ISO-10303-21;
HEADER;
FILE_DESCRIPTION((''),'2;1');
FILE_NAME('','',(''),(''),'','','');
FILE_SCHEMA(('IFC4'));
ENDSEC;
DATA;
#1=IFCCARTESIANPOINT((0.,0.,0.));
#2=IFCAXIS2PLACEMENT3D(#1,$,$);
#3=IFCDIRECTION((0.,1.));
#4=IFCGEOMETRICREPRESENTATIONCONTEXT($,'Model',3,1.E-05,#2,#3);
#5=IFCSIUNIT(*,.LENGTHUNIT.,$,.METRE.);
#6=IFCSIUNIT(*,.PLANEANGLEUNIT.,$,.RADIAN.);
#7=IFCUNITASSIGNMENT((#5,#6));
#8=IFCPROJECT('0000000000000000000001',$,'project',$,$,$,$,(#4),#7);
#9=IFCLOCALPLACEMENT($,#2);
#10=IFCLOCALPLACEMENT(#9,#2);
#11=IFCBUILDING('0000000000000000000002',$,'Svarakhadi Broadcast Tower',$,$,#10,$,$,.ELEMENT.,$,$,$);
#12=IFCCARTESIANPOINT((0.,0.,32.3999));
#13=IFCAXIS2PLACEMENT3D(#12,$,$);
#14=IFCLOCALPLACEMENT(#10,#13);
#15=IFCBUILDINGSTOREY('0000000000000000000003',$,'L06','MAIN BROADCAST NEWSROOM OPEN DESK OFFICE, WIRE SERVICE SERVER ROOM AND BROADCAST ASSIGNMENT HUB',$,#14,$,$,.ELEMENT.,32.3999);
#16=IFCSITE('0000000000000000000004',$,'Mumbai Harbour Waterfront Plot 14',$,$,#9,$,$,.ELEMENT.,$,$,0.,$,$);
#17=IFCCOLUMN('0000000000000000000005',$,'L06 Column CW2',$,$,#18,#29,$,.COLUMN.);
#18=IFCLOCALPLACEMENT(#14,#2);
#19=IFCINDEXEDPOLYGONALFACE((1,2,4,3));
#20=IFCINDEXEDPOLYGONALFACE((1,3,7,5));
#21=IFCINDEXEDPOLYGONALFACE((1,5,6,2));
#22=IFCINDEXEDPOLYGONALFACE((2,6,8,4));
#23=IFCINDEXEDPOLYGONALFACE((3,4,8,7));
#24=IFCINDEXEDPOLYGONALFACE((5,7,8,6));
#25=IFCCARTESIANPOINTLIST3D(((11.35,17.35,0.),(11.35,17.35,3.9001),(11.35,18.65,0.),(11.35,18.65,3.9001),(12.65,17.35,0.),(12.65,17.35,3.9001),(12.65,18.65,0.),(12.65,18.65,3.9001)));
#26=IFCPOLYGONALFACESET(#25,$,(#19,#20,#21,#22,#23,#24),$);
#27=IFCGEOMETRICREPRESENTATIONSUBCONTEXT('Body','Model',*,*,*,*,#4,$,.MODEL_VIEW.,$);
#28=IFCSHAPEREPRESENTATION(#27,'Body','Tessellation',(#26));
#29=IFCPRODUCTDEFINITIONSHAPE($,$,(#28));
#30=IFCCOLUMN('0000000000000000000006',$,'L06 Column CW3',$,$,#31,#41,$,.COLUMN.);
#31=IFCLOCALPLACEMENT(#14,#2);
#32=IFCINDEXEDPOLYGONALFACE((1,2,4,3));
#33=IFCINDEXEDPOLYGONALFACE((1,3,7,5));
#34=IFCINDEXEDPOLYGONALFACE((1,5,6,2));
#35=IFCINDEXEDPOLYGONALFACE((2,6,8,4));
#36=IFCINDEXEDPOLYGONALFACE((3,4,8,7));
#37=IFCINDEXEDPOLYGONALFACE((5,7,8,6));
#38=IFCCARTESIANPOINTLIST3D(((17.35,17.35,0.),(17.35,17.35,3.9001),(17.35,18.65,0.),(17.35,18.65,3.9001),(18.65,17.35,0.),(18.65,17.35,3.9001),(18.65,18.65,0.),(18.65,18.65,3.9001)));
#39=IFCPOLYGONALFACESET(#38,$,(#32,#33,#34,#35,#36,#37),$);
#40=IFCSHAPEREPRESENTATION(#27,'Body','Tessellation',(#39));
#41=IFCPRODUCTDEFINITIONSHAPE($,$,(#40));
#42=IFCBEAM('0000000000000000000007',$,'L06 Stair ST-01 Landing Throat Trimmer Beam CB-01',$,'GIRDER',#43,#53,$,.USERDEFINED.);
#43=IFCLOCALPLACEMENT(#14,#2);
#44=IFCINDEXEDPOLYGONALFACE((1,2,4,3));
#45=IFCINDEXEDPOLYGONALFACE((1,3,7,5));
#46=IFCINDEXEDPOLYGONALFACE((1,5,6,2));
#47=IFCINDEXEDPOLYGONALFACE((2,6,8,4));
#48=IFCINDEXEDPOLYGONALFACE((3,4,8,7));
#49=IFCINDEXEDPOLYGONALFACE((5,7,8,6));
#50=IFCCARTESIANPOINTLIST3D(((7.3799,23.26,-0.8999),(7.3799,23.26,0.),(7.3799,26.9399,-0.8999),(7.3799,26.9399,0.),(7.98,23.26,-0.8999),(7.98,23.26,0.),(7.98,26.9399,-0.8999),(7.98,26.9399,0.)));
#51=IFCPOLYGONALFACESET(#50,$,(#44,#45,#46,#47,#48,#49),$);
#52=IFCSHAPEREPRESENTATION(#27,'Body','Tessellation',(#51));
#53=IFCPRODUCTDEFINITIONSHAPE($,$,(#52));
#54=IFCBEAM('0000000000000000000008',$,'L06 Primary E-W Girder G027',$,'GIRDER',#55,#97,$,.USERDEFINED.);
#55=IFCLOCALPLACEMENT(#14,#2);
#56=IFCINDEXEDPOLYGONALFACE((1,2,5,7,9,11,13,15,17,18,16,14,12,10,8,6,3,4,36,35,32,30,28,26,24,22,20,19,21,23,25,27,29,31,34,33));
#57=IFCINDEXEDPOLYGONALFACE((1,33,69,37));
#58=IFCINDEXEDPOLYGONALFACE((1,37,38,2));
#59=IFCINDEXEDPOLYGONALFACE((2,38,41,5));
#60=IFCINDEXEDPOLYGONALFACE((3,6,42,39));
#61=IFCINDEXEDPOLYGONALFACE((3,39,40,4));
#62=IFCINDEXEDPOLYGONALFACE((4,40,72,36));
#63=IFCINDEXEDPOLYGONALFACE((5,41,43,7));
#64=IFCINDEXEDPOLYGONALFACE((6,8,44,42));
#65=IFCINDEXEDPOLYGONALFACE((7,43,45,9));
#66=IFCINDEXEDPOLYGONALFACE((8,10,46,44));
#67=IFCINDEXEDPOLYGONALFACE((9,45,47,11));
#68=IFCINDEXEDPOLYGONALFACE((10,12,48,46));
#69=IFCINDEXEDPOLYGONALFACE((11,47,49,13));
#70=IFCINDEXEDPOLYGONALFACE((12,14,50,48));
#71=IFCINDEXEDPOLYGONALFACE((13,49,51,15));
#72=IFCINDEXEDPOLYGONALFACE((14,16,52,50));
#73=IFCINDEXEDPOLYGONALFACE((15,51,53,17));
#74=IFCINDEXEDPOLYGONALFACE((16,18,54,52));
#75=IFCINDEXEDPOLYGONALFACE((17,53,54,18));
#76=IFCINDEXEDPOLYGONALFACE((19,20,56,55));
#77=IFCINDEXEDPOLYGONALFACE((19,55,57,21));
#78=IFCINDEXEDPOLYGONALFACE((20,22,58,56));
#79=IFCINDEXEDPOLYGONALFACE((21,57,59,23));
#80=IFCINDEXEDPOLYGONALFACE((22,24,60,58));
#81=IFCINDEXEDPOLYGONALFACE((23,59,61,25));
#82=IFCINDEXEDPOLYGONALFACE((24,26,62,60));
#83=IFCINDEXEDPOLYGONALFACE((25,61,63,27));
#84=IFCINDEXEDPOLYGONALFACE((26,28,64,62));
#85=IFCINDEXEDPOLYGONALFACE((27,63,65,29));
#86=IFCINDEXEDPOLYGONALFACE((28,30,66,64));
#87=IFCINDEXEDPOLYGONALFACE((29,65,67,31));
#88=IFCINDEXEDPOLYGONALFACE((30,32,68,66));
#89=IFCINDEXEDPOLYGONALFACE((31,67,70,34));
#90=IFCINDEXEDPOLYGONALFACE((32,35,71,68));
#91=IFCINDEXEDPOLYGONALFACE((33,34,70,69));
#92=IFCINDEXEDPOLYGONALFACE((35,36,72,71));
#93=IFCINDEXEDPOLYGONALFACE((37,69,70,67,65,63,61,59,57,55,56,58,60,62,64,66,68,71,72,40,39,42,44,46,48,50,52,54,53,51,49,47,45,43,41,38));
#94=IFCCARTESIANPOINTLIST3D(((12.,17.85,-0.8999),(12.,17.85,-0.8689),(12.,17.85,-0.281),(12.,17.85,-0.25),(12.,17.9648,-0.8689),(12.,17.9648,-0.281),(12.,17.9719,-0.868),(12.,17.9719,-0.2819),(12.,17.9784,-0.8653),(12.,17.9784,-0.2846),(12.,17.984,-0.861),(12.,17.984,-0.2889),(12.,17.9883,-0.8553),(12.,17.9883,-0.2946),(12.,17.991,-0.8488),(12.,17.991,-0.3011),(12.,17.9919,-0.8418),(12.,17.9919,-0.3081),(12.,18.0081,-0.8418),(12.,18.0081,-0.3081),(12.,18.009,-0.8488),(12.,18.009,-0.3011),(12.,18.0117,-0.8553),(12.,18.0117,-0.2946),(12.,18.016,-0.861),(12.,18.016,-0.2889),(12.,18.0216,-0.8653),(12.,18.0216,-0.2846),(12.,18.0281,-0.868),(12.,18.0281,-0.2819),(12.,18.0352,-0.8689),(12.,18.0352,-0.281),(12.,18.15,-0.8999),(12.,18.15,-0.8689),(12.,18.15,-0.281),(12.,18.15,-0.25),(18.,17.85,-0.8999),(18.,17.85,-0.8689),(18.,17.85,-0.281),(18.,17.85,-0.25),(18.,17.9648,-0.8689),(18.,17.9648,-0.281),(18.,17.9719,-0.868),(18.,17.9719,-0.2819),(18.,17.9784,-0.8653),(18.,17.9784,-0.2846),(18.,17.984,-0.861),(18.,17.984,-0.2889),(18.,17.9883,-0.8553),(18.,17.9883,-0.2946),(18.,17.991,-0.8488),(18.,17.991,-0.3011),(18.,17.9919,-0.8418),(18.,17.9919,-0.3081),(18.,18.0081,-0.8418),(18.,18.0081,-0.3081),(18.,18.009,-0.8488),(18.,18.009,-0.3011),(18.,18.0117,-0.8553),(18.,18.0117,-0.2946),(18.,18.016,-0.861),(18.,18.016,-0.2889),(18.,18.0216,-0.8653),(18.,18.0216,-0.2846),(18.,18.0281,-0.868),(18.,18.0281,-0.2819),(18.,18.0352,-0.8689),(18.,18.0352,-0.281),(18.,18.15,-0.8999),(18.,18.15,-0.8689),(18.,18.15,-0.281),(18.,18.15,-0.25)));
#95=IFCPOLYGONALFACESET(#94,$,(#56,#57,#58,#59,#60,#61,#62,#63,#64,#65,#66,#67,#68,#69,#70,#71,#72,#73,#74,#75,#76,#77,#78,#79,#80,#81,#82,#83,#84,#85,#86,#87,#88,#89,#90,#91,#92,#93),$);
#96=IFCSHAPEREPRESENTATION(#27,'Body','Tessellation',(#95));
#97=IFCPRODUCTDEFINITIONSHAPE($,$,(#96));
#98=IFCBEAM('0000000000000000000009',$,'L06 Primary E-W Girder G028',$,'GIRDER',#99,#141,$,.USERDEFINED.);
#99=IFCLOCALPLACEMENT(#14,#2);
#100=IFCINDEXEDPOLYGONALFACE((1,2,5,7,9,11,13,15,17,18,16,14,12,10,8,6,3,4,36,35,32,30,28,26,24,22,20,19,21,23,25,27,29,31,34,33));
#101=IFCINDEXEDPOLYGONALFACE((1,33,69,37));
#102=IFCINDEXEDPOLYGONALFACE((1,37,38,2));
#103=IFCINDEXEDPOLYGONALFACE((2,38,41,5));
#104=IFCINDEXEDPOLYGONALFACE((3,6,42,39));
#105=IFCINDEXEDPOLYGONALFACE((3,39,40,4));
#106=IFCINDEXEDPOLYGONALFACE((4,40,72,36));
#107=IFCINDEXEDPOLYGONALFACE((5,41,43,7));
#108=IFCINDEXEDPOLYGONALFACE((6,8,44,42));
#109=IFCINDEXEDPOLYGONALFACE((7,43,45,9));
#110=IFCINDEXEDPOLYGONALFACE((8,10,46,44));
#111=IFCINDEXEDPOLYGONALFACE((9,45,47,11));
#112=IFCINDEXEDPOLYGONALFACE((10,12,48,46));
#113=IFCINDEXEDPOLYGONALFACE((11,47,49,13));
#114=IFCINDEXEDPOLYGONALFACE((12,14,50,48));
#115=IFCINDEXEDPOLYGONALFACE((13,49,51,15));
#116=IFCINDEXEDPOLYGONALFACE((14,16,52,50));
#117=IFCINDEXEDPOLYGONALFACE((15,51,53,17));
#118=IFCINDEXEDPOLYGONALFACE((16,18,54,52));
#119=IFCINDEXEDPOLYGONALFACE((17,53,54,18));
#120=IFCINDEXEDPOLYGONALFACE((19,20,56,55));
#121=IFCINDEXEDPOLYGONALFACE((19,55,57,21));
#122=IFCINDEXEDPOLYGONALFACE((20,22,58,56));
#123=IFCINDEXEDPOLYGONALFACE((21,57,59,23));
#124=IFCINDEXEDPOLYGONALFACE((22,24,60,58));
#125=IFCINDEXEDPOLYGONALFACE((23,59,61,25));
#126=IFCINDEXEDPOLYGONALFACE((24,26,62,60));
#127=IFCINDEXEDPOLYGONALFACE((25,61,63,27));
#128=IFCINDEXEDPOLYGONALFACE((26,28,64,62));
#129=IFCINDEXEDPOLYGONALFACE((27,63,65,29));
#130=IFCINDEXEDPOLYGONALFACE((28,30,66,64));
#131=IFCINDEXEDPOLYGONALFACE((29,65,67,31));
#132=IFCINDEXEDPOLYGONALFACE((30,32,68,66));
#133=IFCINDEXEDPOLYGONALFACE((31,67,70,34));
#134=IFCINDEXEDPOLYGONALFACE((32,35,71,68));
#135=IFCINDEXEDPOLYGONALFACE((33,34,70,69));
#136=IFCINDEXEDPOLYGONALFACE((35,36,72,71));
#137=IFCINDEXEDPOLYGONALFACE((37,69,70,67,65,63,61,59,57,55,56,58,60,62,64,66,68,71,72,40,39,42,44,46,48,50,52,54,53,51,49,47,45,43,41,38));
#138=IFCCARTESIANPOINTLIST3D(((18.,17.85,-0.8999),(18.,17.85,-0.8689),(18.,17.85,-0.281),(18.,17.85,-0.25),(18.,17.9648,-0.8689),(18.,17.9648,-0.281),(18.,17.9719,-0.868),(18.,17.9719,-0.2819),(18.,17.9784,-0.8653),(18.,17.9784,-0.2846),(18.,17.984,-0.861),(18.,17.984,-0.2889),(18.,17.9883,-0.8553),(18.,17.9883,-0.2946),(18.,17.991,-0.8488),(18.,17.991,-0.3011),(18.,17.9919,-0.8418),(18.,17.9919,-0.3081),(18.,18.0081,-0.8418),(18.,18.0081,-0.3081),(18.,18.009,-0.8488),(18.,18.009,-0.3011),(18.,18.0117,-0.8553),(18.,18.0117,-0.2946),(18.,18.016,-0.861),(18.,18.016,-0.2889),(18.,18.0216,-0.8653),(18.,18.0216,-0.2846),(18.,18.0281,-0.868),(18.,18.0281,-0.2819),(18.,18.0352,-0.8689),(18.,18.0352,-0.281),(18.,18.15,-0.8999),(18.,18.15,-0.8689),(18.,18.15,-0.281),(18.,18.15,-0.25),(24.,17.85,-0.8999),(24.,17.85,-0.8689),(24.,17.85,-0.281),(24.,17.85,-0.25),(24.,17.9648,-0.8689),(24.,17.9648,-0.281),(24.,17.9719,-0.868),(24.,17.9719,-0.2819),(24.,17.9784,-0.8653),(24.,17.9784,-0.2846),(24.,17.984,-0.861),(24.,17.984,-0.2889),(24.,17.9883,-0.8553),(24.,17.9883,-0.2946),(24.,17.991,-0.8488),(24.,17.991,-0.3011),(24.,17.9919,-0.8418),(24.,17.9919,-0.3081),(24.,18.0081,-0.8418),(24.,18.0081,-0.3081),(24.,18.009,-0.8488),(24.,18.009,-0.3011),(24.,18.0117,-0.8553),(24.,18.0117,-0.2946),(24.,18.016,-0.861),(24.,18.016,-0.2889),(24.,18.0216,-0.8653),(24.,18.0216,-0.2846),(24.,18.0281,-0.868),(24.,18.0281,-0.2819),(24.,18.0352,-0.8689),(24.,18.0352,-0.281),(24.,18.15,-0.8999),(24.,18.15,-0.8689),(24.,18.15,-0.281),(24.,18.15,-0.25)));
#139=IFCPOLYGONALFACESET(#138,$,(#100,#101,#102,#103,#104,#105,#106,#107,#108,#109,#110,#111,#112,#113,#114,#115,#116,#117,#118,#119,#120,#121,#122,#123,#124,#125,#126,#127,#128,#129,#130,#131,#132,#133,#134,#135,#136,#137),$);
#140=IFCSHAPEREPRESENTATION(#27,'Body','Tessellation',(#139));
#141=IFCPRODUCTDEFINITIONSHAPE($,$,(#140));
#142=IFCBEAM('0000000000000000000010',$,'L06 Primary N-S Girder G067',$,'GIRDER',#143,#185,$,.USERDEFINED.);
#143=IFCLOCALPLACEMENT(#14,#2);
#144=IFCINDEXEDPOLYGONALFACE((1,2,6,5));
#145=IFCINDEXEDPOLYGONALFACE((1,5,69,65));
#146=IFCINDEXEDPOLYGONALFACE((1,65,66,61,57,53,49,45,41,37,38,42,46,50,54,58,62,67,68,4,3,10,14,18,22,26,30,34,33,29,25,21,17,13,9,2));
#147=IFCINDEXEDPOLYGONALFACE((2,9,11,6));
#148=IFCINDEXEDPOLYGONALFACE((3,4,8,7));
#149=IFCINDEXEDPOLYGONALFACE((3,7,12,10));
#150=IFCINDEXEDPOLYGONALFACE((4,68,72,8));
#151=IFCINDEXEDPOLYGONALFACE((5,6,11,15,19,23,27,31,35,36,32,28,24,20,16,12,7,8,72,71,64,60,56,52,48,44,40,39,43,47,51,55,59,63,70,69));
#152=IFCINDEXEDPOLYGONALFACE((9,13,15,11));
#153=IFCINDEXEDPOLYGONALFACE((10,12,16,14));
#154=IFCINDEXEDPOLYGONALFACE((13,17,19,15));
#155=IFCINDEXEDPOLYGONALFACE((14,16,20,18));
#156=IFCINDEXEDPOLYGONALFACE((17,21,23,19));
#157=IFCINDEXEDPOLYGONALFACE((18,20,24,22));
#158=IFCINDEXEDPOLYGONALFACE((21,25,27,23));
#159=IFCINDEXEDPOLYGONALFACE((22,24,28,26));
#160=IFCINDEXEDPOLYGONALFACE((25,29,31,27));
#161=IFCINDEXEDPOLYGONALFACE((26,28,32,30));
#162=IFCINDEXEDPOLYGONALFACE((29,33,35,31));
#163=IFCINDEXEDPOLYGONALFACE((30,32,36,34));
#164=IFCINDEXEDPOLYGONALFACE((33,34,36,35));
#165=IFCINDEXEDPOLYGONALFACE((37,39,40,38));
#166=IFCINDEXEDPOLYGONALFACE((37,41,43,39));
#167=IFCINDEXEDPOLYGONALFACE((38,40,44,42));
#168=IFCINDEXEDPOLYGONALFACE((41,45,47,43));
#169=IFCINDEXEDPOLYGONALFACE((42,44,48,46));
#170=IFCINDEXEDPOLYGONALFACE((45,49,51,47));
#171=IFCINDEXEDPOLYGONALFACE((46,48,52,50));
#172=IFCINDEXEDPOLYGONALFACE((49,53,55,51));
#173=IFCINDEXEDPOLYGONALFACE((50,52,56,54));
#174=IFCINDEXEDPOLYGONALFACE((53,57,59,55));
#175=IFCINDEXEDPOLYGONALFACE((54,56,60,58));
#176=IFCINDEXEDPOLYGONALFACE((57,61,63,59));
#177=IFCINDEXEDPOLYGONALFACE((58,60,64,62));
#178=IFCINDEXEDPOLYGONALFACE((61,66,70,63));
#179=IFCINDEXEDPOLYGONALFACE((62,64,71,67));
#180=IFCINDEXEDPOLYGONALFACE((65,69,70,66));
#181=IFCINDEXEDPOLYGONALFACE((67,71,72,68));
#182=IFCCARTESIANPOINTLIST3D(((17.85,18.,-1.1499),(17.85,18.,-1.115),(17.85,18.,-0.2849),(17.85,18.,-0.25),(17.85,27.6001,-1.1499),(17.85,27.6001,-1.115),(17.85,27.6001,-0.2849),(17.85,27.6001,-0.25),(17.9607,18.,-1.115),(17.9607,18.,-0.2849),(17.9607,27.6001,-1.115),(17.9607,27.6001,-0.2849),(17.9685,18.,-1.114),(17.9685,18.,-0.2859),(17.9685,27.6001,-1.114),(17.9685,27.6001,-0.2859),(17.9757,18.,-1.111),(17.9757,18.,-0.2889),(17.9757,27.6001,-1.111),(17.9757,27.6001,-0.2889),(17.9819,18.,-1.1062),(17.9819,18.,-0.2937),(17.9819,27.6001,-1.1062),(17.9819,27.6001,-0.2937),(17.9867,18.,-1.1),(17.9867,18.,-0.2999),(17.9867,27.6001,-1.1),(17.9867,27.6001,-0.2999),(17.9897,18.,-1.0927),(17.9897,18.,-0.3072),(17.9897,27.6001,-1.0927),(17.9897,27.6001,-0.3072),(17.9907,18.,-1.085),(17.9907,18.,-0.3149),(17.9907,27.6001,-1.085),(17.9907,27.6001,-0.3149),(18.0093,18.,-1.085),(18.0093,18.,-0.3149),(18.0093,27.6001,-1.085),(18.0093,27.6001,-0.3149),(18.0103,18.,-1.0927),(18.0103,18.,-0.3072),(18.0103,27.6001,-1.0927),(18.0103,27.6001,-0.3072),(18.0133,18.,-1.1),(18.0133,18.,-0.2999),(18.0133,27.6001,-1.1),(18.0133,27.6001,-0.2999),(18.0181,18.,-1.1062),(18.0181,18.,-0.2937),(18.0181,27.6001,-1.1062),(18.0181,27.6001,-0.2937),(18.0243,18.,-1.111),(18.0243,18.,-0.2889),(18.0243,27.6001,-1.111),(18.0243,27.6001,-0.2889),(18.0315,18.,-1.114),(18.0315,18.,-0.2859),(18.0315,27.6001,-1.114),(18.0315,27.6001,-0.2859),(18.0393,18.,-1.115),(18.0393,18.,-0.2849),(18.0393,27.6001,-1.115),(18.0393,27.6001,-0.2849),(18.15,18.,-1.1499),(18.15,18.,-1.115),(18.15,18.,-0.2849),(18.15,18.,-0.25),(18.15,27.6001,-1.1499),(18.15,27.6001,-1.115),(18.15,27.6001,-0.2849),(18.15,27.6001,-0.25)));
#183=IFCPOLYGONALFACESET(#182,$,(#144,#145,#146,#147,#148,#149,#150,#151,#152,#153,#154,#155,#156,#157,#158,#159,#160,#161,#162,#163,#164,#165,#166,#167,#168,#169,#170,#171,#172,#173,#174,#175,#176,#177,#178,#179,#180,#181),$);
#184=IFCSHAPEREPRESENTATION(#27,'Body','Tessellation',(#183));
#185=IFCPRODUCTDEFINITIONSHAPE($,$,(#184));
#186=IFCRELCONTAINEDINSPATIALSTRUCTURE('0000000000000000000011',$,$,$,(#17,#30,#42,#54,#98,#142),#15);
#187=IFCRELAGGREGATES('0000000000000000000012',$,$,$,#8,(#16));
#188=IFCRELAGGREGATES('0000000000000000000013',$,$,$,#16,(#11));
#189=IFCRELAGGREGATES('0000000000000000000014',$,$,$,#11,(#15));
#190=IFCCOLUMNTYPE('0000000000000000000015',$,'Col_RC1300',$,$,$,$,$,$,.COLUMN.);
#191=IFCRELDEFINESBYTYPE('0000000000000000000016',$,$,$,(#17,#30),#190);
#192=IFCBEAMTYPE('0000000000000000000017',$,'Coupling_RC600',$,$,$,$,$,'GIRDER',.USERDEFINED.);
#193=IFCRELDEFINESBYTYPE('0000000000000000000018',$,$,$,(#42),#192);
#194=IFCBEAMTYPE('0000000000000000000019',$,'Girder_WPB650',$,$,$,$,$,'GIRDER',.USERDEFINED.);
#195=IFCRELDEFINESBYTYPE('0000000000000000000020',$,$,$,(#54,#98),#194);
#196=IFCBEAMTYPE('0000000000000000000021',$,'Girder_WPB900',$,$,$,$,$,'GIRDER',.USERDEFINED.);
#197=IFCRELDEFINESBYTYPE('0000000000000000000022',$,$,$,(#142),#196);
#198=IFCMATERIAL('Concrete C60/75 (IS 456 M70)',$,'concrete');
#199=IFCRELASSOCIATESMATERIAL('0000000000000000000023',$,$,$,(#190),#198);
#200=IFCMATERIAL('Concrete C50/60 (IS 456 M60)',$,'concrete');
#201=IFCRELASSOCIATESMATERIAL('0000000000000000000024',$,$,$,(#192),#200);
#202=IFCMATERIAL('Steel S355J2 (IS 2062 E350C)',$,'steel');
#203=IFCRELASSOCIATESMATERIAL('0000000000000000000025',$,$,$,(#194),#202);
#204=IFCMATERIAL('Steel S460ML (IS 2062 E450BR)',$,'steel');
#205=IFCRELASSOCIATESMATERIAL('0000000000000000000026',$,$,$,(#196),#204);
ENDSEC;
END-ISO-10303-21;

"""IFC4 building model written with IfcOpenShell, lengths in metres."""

from ifc_helpers import new_model, si_unit, direction, frame, origin, origin_2d, place, context, subcontext, project, spatial, rectangle, i_section, extrude, material, material_profile, profile_set, type_object, element, save


model = new_model("IFC4")

# Units and contexts
model_context = context("Model", 3, precision=1e-05, world=origin(), true_north=direction((0.0, 1.0)))
body_context = subcontext(model_context, "Body", "Model", "MODEL_VIEW")
ifc_project = project(units=[si_unit("LENGTHUNIT", "METRE"), si_unit("PLANEANGLEUNIT", "RADIAN")], contexts=[model_context])

# Site, building, storey
site_placement = place(None, origin())
site = spatial("IfcSite", under=ifc_project, at=site_placement, Name="Mumbai Harbour Waterfront Plot 14", CompositionType="ELEMENT", RefElevation=0.0)
building_placement = place(site_placement, origin())
building = spatial("IfcBuilding", under=site, at=building_placement, Name="Svarakhadi Broadcast Tower", CompositionType="ELEMENT")
storey_placement = place(building_placement, frame((0.0, 0.0, 32.3999)))
storey = spatial("IfcBuildingStorey", under=building, at=storey_placement, Name="L06", Description="MAIN BROADCAST NEWSROOM OPEN DESK OFFICE, WIRE SERVICE SERVER ROOM AND BROADCAST ASSIGNMENT HUB", CompositionType="ELEMENT", Elevation=32.3999)

# Columns
ifc_material_1 = material(Name="Concrete C60/75 (IS 456 M70)", Category="concrete")
ifc_material_profile_1 = material_profile(ifc_material_1, rectangle(XDim=1.3, YDim=1.3, at=origin_2d()), Name="RC 1300x1300")
ifc_profile_set_1 = profile_set([ifc_material_profile_1], Name="Concrete C60/75 (IS 456 M70)")
column_type = type_object("IfcColumnType", Name="Col_RC1300", PredefinedType="COLUMN", material=ifc_profile_set_1)
for number, where, z_axis, x_axis, name in (
    (1, (12.0, 18.0, 0.0), (0.0, 0.0, 1.0), (1.0, 0.0, 0.0), "L06 Column CW2"),
    (2, (18.0, 18.0, 0.0), (0.0, 0.0, 1.0), (1.0, 0.0, 0.0), "L06 Column CW3"),
):
    element("IfcColumn", number, at=place(storey_placement, frame(where, z_axis=z_axis, x_axis=x_axis)), inside=storey, type_object=column_type, Name=name, PredefinedType="COLUMN", context=body_context, shape_type="SweptSolid", body=[
        extrude(rectangle(XDim=1.3, YDim=1.3, at=origin_2d()), origin(), (0.0, 0.0, 1.0), 3.9001),
    ])

# Beams
ifc_material_2 = material(Name="Concrete C50/60 (IS 456 M60)", Category="concrete")
ifc_material_profile_2 = material_profile(ifc_material_2, rectangle(XDim=0.6001, YDim=0.8999, at=origin_2d()), Name="RC 600x900")
ifc_profile_set_2 = profile_set([ifc_material_profile_2], Name="Concrete C50/60 (IS 456 M60)")
beam_type_1 = type_object("IfcBeamType", Name="Coupling_RC600", ElementType="GIRDER", PredefinedType="USERDEFINED", material=ifc_profile_set_2)
beam_1_placement = place(storey_placement, frame((7.6799, 23.26, -0.45), z_axis=(0.0, 1.0, 0.0), x_axis=(-1.0, 0.0, 0.0)))
element("IfcBeam", 3, at=beam_1_placement, inside=storey, type_object=beam_type_1, Name="L06 Stair ST-01 Landing Throat Trimmer Beam CB-01", ObjectType="GIRDER", PredefinedType="USERDEFINED", context=body_context, shape_type="SweptSolid", body=[
    extrude(rectangle(XDim=0.6001, YDim=0.8999, at=origin_2d()), origin(), (0.0, 0.0, 1.0), 3.6799),
])
ifc_material_3 = material(Name="Steel S355J2 (IS 2062 E350C)", Category="steel")
ifc_material_profile_3 = material_profile(ifc_material_3, i_section(OverallWidth=0.3, OverallDepth=0.6499, WebThickness=0.0161, FlangeThickness=0.031, FilletRadius=0.0271, at=origin_2d()), Name="WPB 650x300x225")
ifc_profile_set_3 = profile_set([ifc_material_profile_3], Name="Steel S355J2 (IS 2062 E350C)")
beam_type_2 = type_object("IfcBeamType", Name="Girder_WPB650", ElementType="GIRDER", PredefinedType="USERDEFINED", material=ifc_profile_set_3)
for number, where, z_axis, x_axis, name in (
    (4, (12.0, 18.0, -0.575), (1.0, 0.0, 0.0), (0.0, 1.0, 0.0), "L06 Primary E-W Girder G027"),
    (5, (18.0, 18.0, -0.575), (1.0, 0.0, 0.0), (0.0, 1.0, 0.0), "L06 Primary E-W Girder G028"),
):
    element("IfcBeam", number, at=place(storey_placement, frame(where, z_axis=z_axis, x_axis=x_axis)), inside=storey, type_object=beam_type_2, Name=name, ObjectType="GIRDER", PredefinedType="USERDEFINED", context=body_context, shape_type="SweptSolid", body=[
        extrude(i_section(OverallWidth=0.3, OverallDepth=0.6499, WebThickness=0.0161, FlangeThickness=0.031, FilletRadius=0.0271, at=origin_2d()), origin(), (0.0, 0.0, 1.0), 6.0),
    ])
ifc_material_4 = material(Name="Steel S460ML (IS 2062 E450BR)", Category="steel")
ifc_material_profile_4 = material_profile(ifc_material_4, i_section(OverallWidth=0.3, OverallDepth=0.8999, WebThickness=0.0186, FlangeThickness=0.0349, FilletRadius=0.03, at=origin_2d()), Name="WPB 900x300x291")
ifc_profile_set_4 = profile_set([ifc_material_profile_4], Name="Steel S460ML (IS 2062 E450BR)")
beam_type_3 = type_object("IfcBeamType", Name="Girder_WPB900", ElementType="GIRDER", PredefinedType="USERDEFINED", material=ifc_profile_set_4)
beam_2_placement = place(storey_placement, frame((18.0, 18.0, -0.7), z_axis=(0.0, 1.0, 0.0), x_axis=(-1.0, 0.0, 0.0)))
element("IfcBeam", 6, at=beam_2_placement, inside=storey, type_object=beam_type_3, Name="L06 Primary N-S Girder G067", ObjectType="GIRDER", PredefinedType="USERDEFINED", context=body_context, shape_type="SweptSolid", body=[
    extrude(i_section(OverallWidth=0.3, OverallDepth=0.8999, WebThickness=0.0186, FlangeThickness=0.0349, FilletRadius=0.03, at=origin_2d()), origin(), (0.0, 0.0, 1.0), 9.6001),
])

save(model, "model.ifc")
